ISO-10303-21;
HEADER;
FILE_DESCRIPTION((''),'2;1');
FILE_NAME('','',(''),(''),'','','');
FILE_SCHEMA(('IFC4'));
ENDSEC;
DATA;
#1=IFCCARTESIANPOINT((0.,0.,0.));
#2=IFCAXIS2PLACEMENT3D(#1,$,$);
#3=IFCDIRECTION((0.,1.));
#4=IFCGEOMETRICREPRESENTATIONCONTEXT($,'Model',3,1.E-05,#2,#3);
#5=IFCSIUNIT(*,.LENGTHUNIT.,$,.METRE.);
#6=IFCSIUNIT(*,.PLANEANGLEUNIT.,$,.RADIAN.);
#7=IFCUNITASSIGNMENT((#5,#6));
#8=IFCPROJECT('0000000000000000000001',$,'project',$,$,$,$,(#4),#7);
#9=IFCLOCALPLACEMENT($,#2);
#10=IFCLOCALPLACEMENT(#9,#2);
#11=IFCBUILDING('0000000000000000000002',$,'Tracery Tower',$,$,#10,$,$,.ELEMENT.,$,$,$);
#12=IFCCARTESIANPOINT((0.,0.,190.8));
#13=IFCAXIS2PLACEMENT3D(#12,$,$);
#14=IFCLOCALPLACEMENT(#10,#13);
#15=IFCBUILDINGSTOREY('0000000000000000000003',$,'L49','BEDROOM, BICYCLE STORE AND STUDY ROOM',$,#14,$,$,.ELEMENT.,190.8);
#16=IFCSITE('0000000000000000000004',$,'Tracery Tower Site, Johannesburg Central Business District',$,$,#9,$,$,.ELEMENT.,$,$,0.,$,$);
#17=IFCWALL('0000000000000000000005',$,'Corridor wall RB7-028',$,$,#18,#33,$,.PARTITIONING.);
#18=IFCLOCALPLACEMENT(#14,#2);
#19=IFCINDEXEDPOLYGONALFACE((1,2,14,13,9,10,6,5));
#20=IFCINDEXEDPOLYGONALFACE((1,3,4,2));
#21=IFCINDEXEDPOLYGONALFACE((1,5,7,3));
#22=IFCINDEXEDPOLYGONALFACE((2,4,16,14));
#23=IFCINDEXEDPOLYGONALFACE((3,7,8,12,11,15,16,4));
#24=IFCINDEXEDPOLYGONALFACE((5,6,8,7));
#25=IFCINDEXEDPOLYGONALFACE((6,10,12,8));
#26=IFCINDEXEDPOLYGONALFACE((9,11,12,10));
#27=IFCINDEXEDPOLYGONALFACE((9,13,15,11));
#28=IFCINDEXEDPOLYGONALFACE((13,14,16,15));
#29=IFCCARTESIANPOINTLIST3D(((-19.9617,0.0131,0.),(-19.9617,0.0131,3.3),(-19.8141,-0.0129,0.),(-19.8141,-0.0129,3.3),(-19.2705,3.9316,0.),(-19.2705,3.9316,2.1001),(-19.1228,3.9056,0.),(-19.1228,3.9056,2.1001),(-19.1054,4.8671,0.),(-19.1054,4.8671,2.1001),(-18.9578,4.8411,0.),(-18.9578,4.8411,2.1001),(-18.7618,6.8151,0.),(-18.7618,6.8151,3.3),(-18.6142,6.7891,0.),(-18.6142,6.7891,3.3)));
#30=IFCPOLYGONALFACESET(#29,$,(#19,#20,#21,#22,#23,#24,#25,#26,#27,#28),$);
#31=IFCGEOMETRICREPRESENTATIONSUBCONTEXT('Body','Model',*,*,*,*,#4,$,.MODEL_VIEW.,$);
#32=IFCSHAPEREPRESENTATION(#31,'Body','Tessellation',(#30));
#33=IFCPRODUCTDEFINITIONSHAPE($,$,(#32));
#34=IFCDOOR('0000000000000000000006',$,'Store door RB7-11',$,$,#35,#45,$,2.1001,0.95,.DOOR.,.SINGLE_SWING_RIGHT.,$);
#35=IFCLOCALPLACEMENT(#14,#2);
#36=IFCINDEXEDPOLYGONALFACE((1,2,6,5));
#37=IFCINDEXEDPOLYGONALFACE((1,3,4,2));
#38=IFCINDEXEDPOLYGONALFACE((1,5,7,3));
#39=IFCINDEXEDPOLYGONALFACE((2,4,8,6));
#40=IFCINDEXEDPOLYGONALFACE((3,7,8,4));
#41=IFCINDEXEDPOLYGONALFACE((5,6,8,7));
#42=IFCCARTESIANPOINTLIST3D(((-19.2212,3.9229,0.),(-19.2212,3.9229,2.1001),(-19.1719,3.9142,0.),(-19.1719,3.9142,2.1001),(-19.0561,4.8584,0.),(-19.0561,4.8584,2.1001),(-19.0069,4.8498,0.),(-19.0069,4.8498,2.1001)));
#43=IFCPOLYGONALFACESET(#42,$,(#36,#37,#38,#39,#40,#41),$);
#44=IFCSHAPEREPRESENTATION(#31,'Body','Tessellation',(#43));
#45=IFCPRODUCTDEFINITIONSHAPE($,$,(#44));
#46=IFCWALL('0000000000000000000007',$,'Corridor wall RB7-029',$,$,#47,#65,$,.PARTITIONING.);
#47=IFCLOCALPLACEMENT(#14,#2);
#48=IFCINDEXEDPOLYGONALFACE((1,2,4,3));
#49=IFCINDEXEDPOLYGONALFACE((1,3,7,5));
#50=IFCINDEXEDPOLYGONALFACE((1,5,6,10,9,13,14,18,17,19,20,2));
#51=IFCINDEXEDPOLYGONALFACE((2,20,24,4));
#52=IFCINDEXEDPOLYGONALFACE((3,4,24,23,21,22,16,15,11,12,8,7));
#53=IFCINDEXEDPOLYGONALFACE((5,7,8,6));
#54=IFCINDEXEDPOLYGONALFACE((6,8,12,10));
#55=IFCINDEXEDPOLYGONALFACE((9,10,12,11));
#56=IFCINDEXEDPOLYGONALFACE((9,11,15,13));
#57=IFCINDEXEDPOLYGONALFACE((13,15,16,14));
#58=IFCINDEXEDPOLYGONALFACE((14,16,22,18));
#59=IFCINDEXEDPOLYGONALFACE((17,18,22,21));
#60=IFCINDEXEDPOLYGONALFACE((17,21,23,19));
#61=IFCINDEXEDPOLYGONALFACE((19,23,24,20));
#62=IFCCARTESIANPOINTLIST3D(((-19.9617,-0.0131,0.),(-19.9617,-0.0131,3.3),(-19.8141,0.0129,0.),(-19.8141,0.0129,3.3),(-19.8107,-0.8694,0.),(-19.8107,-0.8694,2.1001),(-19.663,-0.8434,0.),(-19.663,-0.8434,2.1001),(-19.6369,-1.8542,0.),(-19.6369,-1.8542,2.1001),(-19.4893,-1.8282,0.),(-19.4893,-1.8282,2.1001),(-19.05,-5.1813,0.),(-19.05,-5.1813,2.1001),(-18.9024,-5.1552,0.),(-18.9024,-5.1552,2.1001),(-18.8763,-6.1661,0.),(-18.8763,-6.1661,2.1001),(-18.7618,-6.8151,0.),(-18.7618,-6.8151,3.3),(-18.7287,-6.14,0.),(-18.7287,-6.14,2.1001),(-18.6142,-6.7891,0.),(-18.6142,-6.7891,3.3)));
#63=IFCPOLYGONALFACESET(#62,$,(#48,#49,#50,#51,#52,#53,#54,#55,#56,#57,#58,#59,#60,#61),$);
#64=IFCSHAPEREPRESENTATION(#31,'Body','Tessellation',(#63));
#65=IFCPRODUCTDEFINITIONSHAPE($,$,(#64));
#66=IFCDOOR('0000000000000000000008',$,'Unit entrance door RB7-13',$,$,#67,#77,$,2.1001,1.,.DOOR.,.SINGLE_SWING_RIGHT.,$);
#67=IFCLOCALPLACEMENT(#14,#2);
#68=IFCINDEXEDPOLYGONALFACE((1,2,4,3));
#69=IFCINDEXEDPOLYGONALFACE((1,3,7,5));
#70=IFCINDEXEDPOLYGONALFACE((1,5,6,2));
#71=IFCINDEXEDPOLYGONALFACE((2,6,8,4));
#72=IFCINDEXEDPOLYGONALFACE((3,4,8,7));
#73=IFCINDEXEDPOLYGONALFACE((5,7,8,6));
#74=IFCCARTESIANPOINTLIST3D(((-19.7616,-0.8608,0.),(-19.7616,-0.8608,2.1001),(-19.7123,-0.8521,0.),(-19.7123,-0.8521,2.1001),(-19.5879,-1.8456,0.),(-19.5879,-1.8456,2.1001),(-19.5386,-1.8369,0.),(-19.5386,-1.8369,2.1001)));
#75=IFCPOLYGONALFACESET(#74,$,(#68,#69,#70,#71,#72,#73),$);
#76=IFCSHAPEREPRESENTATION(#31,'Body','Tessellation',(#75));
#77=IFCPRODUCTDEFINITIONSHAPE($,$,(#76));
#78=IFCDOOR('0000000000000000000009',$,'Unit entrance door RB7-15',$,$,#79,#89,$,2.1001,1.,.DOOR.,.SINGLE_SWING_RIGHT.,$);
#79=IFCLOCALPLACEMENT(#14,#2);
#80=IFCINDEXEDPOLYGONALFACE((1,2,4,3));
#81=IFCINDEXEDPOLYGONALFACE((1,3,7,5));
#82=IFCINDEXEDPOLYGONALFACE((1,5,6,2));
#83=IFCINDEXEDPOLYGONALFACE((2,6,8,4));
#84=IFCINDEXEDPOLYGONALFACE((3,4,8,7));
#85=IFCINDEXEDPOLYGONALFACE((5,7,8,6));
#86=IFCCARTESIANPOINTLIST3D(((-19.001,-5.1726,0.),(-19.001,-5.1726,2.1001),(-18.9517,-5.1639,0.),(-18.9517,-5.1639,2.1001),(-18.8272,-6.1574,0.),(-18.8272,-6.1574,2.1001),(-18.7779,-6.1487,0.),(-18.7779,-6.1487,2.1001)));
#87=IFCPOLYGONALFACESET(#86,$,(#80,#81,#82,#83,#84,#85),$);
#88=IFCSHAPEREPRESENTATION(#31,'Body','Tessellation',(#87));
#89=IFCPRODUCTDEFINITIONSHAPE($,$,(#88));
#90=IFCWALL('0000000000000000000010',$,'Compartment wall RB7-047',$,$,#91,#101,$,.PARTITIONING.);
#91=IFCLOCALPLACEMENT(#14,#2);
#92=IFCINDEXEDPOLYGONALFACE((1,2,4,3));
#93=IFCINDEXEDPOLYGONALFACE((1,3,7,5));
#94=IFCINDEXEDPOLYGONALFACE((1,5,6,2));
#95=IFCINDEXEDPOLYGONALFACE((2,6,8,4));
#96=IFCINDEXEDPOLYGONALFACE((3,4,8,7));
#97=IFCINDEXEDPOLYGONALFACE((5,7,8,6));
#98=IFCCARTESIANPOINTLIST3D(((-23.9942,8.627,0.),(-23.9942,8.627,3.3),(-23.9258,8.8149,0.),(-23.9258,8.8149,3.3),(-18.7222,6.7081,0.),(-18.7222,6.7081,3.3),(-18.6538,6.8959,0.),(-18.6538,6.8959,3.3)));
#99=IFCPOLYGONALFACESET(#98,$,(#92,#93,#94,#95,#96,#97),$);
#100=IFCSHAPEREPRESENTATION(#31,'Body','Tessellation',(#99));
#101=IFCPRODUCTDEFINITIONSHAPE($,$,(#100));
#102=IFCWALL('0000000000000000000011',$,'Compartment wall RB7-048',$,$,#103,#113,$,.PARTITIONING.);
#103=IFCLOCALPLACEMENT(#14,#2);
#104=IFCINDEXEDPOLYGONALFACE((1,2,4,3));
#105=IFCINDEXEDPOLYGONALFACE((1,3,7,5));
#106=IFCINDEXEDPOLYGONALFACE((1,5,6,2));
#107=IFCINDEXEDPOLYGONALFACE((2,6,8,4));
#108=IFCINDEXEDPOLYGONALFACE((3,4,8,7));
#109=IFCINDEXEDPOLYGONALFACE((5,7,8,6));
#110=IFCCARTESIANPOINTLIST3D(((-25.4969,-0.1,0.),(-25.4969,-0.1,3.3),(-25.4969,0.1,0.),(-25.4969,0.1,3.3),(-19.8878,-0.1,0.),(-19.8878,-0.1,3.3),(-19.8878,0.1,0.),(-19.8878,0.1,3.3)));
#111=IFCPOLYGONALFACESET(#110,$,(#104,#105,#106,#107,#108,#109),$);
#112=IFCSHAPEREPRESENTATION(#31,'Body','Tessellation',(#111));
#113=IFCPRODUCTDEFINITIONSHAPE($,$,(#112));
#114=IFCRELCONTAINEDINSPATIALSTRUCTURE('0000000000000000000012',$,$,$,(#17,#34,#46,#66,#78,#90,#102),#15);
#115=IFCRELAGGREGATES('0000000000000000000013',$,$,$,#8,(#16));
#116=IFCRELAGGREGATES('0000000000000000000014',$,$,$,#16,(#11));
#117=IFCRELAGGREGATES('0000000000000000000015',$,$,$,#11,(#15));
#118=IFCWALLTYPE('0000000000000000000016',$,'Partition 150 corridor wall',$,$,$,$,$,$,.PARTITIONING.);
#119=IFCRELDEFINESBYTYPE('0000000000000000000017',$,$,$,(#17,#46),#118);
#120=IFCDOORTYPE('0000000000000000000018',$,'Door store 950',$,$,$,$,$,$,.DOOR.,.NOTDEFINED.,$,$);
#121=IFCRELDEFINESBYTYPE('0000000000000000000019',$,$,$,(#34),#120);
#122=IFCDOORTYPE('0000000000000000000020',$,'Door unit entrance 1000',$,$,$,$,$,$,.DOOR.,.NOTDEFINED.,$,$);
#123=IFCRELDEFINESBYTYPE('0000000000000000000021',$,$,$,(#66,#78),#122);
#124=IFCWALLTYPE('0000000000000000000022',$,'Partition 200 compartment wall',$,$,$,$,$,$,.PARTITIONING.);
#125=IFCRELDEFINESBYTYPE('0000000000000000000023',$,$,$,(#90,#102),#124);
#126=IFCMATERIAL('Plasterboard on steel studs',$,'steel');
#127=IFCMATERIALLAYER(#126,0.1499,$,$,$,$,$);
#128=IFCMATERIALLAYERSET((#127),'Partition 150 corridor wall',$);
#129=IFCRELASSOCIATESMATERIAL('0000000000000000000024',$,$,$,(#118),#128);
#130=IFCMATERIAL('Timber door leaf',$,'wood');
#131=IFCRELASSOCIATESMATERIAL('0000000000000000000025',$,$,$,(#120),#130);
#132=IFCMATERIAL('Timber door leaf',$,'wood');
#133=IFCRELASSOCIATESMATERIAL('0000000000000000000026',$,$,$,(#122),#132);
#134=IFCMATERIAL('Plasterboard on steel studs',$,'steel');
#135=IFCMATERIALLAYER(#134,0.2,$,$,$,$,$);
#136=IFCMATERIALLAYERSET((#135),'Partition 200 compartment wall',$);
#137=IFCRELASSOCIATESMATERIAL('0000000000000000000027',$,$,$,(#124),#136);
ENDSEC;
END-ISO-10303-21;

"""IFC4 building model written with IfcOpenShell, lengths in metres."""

from ifc_helpers import new_model, si_unit, direction, frame, frame_2d, origin, place, context, subcontext, project, spatial, rectangle, extrude, material, layer, layer_set, type_object, element, fill, save


model = new_model("IFC4")

# Units and contexts
model_context = context("Model", 3, precision=1e-05, world=origin(), true_north=direction((0.0, 1.0)))
body_context = subcontext(model_context, "Body", "Model", "MODEL_VIEW")
ifc_project = project(units=[si_unit("LENGTHUNIT", "METRE"), si_unit("PLANEANGLEUNIT", "RADIAN")], contexts=[model_context])

# Site, building, storey
site_placement = place(None, origin())
site = spatial("IfcSite", under=ifc_project, at=site_placement, Name="Tracery Tower Site, Johannesburg Central Business District", CompositionType="ELEMENT", RefElevation=0.0)
building_placement = place(site_placement, origin())
building = spatial("IfcBuilding", under=site, at=building_placement, Name="Tracery Tower", CompositionType="ELEMENT")
storey_placement = place(building_placement, frame((0.0, 0.0, 190.8)))
storey = spatial("IfcBuildingStorey", under=building, at=storey_placement, Name="L49", Description="BEDROOM, BICYCLE STORE AND STUDY ROOM", CompositionType="ELEMENT", Elevation=190.8)

# Wall, opening, door
ifc_material_1 = material(Name="Plasterboard on steel studs", Category="steel")
ifc_layer_1 = layer(ifc_material_1, 0.1499)
ifc_layer_set_1 = layer_set([ifc_layer_1], Name="Partition 150 corridor wall")
wall_type_1 = type_object("IfcWallType", Name="Partition 150 corridor wall", PredefinedType="PARTITIONING", material=ifc_layer_set_1)
wall_1_placement = place(storey_placement, frame((-19.8879, 0.0, 0.0), z_axis=(0.0, 0.0, 1.0), x_axis=(0.173729, 0.984794, 0.0)))
wall_1 = element("IfcWall", 1, at=wall_1_placement, inside=storey, type_object=wall_type_1, Name="Corridor wall RB7-028", PredefinedType="PARTITIONING", context=body_context, shape_type="SweptSolid", body=[
    extrude(rectangle(XDim=6.907, YDim=0.1499, at=frame_2d((3.4536, 0.0))), origin(), (0.0, 0.0, 1.0), 3.3),
])
opening_1_placement = place(wall_1_placement, frame((3.979, 0.0, 0.0)))
opening_1 = element("IfcOpeningElement", 2, at=opening_1_placement, cuts=wall_1, PredefinedType="OPENING", context=body_context, shape_type="SweptSolid", body=[
    extrude(rectangle(XDim=0.95, YDim=2.1001, at=frame_2d((0.4751, 1.05))), frame((0.0, 0.075, 0.0), z_axis=(0.0, -1.0, 0.0), x_axis=(1.0, 0.0, 0.0)), (0.0, 0.0, 1.0), 0.1499),
])
ifc_material_2 = material(Name="Timber door leaf", Category="wood")
door_type_1 = type_object("IfcDoorType", Name="Door store 950", OperationType="NOTDEFINED", PredefinedType="DOOR", material=ifc_material_2)
door_1_placement = place(opening_1_placement, origin())
door_1 = element("IfcDoor", 3, at=door_1_placement, inside=storey, type_object=door_type_1, Name="Store door RB7-11", OperationType="SINGLE_SWING_RIGHT", OverallHeight=2.1001, OverallWidth=0.95, PredefinedType="DOOR", context=body_context, shape_type="SweptSolid", body=[
    extrude(rectangle(XDim=0.95, YDim=2.1001, at=frame_2d((0.4751, 1.05))), frame((0.0, 0.0249, 0.0), z_axis=(0.0, -1.0, 0.0), x_axis=(1.0, 0.0, 0.0)), (0.0, 0.0, 1.0), 0.05),
])
fill(opening_1, door_1)

# Wall, openings, doors
wall_2_placement = place(storey_placement, frame((-19.8879, 0.0, 0.0), z_axis=(0.0, 0.0, 1.0), x_axis=(0.173729, -0.984794, 0.0)))
wall_2 = element("IfcWall", 4, at=wall_2_placement, inside=storey, type_object=wall_type_1, Name="Corridor wall RB7-029", PredefinedType="PARTITIONING", context=body_context, shape_type="SweptSolid", body=[
    extrude(rectangle(XDim=6.907, YDim=0.1499, at=frame_2d((3.4536, 0.0))), origin(), (0.0, 0.0, 1.0), 3.3),
])
opening_2_placement = place(wall_2_placement, frame((0.8696, 0.0, 0.0)))
opening_2 = element("IfcOpeningElement", 5, at=opening_2_placement, cuts=wall_2, PredefinedType="OPENING", context=body_context, shape_type="SweptSolid", body=[
    extrude(rectangle(XDim=1.0, YDim=2.1001, at=frame_2d((0.5, 1.05))), frame((0.0, 0.075, 0.0), z_axis=(0.0, -1.0, 0.0), x_axis=(1.0, 0.0, 0.0)), (0.0, 0.0, 1.0), 0.1499),
])
opening_3_placement = place(wall_2_placement, frame((5.248, 0.0, 0.0)))
opening_3 = element("IfcOpeningElement", 6, at=opening_3_placement, cuts=wall_2, PredefinedType="OPENING", context=body_context, shape_type="SweptSolid", body=[
    extrude(rectangle(XDim=1.0, YDim=2.1001, at=frame_2d((0.5, 1.05))), frame((0.0, 0.075, 0.0), z_axis=(0.0, -1.0, 0.0), x_axis=(1.0, 0.0, 0.0)), (0.0, 0.0, 1.0), 0.1499),
])
ifc_material_3 = material(Name="Timber door leaf", Category="wood")
door_type_2 = type_object("IfcDoorType", Name="Door unit entrance 1000", OperationType="NOTDEFINED", PredefinedType="DOOR", material=ifc_material_3)
door_2_placement = place(opening_2_placement, origin())
door_2 = element("IfcDoor", 7, at=door_2_placement, inside=storey, type_object=door_type_2, Name="Unit entrance door RB7-13", OperationType="SINGLE_SWING_RIGHT", OverallHeight=2.1001, OverallWidth=1.0, PredefinedType="DOOR", context=body_context, shape_type="SweptSolid", body=[
    extrude(rectangle(XDim=1.0, YDim=2.1001, at=frame_2d((0.5, 1.05))), frame((0.0, 0.0249, 0.0), z_axis=(0.0, -1.0, 0.0), x_axis=(1.0, 0.0, 0.0)), (0.0, 0.0, 1.0), 0.05),
])
fill(opening_2, door_2)
door_3_placement = place(opening_3_placement, origin())
door_3 = element("IfcDoor", 8, at=door_3_placement, inside=storey, type_object=door_type_2, Name="Unit entrance door RB7-15", OperationType="SINGLE_SWING_RIGHT", OverallHeight=2.1001, OverallWidth=1.0, PredefinedType="DOOR", context=body_context, shape_type="SweptSolid", body=[
    extrude(rectangle(XDim=1.0, YDim=2.1001, at=frame_2d((0.5, 1.05))), frame((0.0, 0.0249, 0.0), z_axis=(0.0, -1.0, 0.0), x_axis=(1.0, 0.0, 0.0)), (0.0, 0.0, 1.0), 0.05),
])
fill(opening_3, door_3)

# Walls
ifc_material_4 = material(Name="Plasterboard on steel studs", Category="steel")
ifc_layer_2 = layer(ifc_material_4, 0.2)
ifc_layer_set_2 = layer_set([ifc_layer_2], Name="Partition 200 compartment wall")
wall_type_2 = type_object("IfcWallType", Name="Partition 200 compartment wall", PredefinedType="PARTITIONING", material=ifc_layer_set_2)
wall_3_placement = place(storey_placement, frame((-23.96, 8.7209, 0.0), z_axis=(0.0, 0.0, 1.0), x_axis=(0.939687, -0.342037, 0.0)))
element("IfcWall", 9, at=wall_3_placement, inside=storey, type_object=wall_type_2, Name="Compartment wall RB7-047", PredefinedType="PARTITIONING", context=body_context, shape_type="SweptSolid", body=[
    extrude(rectangle(XDim=5.6104, YDim=0.2, at=frame_2d((2.8052, 0.0))), origin(), (0.0, 0.0, 1.0), 3.3),
])
wall_4_placement = place(storey_placement, frame((-25.4971, 0.0, 0.0), z_axis=(0.0, 0.0, 1.0), x_axis=(1.0, 0.0, 0.0)))
element("IfcWall", 10, at=wall_4_placement, inside=storey, type_object=wall_type_2, Name="Compartment wall RB7-048", PredefinedType="PARTITIONING", context=body_context, shape_type="SweptSolid", body=[
    extrude(rectangle(XDim=5.6091, YDim=0.2, at=frame_2d((2.8047, 0.0))), origin(), (0.0, 0.0, 1.0), 3.3),
])

save(model, "model.ifc")
